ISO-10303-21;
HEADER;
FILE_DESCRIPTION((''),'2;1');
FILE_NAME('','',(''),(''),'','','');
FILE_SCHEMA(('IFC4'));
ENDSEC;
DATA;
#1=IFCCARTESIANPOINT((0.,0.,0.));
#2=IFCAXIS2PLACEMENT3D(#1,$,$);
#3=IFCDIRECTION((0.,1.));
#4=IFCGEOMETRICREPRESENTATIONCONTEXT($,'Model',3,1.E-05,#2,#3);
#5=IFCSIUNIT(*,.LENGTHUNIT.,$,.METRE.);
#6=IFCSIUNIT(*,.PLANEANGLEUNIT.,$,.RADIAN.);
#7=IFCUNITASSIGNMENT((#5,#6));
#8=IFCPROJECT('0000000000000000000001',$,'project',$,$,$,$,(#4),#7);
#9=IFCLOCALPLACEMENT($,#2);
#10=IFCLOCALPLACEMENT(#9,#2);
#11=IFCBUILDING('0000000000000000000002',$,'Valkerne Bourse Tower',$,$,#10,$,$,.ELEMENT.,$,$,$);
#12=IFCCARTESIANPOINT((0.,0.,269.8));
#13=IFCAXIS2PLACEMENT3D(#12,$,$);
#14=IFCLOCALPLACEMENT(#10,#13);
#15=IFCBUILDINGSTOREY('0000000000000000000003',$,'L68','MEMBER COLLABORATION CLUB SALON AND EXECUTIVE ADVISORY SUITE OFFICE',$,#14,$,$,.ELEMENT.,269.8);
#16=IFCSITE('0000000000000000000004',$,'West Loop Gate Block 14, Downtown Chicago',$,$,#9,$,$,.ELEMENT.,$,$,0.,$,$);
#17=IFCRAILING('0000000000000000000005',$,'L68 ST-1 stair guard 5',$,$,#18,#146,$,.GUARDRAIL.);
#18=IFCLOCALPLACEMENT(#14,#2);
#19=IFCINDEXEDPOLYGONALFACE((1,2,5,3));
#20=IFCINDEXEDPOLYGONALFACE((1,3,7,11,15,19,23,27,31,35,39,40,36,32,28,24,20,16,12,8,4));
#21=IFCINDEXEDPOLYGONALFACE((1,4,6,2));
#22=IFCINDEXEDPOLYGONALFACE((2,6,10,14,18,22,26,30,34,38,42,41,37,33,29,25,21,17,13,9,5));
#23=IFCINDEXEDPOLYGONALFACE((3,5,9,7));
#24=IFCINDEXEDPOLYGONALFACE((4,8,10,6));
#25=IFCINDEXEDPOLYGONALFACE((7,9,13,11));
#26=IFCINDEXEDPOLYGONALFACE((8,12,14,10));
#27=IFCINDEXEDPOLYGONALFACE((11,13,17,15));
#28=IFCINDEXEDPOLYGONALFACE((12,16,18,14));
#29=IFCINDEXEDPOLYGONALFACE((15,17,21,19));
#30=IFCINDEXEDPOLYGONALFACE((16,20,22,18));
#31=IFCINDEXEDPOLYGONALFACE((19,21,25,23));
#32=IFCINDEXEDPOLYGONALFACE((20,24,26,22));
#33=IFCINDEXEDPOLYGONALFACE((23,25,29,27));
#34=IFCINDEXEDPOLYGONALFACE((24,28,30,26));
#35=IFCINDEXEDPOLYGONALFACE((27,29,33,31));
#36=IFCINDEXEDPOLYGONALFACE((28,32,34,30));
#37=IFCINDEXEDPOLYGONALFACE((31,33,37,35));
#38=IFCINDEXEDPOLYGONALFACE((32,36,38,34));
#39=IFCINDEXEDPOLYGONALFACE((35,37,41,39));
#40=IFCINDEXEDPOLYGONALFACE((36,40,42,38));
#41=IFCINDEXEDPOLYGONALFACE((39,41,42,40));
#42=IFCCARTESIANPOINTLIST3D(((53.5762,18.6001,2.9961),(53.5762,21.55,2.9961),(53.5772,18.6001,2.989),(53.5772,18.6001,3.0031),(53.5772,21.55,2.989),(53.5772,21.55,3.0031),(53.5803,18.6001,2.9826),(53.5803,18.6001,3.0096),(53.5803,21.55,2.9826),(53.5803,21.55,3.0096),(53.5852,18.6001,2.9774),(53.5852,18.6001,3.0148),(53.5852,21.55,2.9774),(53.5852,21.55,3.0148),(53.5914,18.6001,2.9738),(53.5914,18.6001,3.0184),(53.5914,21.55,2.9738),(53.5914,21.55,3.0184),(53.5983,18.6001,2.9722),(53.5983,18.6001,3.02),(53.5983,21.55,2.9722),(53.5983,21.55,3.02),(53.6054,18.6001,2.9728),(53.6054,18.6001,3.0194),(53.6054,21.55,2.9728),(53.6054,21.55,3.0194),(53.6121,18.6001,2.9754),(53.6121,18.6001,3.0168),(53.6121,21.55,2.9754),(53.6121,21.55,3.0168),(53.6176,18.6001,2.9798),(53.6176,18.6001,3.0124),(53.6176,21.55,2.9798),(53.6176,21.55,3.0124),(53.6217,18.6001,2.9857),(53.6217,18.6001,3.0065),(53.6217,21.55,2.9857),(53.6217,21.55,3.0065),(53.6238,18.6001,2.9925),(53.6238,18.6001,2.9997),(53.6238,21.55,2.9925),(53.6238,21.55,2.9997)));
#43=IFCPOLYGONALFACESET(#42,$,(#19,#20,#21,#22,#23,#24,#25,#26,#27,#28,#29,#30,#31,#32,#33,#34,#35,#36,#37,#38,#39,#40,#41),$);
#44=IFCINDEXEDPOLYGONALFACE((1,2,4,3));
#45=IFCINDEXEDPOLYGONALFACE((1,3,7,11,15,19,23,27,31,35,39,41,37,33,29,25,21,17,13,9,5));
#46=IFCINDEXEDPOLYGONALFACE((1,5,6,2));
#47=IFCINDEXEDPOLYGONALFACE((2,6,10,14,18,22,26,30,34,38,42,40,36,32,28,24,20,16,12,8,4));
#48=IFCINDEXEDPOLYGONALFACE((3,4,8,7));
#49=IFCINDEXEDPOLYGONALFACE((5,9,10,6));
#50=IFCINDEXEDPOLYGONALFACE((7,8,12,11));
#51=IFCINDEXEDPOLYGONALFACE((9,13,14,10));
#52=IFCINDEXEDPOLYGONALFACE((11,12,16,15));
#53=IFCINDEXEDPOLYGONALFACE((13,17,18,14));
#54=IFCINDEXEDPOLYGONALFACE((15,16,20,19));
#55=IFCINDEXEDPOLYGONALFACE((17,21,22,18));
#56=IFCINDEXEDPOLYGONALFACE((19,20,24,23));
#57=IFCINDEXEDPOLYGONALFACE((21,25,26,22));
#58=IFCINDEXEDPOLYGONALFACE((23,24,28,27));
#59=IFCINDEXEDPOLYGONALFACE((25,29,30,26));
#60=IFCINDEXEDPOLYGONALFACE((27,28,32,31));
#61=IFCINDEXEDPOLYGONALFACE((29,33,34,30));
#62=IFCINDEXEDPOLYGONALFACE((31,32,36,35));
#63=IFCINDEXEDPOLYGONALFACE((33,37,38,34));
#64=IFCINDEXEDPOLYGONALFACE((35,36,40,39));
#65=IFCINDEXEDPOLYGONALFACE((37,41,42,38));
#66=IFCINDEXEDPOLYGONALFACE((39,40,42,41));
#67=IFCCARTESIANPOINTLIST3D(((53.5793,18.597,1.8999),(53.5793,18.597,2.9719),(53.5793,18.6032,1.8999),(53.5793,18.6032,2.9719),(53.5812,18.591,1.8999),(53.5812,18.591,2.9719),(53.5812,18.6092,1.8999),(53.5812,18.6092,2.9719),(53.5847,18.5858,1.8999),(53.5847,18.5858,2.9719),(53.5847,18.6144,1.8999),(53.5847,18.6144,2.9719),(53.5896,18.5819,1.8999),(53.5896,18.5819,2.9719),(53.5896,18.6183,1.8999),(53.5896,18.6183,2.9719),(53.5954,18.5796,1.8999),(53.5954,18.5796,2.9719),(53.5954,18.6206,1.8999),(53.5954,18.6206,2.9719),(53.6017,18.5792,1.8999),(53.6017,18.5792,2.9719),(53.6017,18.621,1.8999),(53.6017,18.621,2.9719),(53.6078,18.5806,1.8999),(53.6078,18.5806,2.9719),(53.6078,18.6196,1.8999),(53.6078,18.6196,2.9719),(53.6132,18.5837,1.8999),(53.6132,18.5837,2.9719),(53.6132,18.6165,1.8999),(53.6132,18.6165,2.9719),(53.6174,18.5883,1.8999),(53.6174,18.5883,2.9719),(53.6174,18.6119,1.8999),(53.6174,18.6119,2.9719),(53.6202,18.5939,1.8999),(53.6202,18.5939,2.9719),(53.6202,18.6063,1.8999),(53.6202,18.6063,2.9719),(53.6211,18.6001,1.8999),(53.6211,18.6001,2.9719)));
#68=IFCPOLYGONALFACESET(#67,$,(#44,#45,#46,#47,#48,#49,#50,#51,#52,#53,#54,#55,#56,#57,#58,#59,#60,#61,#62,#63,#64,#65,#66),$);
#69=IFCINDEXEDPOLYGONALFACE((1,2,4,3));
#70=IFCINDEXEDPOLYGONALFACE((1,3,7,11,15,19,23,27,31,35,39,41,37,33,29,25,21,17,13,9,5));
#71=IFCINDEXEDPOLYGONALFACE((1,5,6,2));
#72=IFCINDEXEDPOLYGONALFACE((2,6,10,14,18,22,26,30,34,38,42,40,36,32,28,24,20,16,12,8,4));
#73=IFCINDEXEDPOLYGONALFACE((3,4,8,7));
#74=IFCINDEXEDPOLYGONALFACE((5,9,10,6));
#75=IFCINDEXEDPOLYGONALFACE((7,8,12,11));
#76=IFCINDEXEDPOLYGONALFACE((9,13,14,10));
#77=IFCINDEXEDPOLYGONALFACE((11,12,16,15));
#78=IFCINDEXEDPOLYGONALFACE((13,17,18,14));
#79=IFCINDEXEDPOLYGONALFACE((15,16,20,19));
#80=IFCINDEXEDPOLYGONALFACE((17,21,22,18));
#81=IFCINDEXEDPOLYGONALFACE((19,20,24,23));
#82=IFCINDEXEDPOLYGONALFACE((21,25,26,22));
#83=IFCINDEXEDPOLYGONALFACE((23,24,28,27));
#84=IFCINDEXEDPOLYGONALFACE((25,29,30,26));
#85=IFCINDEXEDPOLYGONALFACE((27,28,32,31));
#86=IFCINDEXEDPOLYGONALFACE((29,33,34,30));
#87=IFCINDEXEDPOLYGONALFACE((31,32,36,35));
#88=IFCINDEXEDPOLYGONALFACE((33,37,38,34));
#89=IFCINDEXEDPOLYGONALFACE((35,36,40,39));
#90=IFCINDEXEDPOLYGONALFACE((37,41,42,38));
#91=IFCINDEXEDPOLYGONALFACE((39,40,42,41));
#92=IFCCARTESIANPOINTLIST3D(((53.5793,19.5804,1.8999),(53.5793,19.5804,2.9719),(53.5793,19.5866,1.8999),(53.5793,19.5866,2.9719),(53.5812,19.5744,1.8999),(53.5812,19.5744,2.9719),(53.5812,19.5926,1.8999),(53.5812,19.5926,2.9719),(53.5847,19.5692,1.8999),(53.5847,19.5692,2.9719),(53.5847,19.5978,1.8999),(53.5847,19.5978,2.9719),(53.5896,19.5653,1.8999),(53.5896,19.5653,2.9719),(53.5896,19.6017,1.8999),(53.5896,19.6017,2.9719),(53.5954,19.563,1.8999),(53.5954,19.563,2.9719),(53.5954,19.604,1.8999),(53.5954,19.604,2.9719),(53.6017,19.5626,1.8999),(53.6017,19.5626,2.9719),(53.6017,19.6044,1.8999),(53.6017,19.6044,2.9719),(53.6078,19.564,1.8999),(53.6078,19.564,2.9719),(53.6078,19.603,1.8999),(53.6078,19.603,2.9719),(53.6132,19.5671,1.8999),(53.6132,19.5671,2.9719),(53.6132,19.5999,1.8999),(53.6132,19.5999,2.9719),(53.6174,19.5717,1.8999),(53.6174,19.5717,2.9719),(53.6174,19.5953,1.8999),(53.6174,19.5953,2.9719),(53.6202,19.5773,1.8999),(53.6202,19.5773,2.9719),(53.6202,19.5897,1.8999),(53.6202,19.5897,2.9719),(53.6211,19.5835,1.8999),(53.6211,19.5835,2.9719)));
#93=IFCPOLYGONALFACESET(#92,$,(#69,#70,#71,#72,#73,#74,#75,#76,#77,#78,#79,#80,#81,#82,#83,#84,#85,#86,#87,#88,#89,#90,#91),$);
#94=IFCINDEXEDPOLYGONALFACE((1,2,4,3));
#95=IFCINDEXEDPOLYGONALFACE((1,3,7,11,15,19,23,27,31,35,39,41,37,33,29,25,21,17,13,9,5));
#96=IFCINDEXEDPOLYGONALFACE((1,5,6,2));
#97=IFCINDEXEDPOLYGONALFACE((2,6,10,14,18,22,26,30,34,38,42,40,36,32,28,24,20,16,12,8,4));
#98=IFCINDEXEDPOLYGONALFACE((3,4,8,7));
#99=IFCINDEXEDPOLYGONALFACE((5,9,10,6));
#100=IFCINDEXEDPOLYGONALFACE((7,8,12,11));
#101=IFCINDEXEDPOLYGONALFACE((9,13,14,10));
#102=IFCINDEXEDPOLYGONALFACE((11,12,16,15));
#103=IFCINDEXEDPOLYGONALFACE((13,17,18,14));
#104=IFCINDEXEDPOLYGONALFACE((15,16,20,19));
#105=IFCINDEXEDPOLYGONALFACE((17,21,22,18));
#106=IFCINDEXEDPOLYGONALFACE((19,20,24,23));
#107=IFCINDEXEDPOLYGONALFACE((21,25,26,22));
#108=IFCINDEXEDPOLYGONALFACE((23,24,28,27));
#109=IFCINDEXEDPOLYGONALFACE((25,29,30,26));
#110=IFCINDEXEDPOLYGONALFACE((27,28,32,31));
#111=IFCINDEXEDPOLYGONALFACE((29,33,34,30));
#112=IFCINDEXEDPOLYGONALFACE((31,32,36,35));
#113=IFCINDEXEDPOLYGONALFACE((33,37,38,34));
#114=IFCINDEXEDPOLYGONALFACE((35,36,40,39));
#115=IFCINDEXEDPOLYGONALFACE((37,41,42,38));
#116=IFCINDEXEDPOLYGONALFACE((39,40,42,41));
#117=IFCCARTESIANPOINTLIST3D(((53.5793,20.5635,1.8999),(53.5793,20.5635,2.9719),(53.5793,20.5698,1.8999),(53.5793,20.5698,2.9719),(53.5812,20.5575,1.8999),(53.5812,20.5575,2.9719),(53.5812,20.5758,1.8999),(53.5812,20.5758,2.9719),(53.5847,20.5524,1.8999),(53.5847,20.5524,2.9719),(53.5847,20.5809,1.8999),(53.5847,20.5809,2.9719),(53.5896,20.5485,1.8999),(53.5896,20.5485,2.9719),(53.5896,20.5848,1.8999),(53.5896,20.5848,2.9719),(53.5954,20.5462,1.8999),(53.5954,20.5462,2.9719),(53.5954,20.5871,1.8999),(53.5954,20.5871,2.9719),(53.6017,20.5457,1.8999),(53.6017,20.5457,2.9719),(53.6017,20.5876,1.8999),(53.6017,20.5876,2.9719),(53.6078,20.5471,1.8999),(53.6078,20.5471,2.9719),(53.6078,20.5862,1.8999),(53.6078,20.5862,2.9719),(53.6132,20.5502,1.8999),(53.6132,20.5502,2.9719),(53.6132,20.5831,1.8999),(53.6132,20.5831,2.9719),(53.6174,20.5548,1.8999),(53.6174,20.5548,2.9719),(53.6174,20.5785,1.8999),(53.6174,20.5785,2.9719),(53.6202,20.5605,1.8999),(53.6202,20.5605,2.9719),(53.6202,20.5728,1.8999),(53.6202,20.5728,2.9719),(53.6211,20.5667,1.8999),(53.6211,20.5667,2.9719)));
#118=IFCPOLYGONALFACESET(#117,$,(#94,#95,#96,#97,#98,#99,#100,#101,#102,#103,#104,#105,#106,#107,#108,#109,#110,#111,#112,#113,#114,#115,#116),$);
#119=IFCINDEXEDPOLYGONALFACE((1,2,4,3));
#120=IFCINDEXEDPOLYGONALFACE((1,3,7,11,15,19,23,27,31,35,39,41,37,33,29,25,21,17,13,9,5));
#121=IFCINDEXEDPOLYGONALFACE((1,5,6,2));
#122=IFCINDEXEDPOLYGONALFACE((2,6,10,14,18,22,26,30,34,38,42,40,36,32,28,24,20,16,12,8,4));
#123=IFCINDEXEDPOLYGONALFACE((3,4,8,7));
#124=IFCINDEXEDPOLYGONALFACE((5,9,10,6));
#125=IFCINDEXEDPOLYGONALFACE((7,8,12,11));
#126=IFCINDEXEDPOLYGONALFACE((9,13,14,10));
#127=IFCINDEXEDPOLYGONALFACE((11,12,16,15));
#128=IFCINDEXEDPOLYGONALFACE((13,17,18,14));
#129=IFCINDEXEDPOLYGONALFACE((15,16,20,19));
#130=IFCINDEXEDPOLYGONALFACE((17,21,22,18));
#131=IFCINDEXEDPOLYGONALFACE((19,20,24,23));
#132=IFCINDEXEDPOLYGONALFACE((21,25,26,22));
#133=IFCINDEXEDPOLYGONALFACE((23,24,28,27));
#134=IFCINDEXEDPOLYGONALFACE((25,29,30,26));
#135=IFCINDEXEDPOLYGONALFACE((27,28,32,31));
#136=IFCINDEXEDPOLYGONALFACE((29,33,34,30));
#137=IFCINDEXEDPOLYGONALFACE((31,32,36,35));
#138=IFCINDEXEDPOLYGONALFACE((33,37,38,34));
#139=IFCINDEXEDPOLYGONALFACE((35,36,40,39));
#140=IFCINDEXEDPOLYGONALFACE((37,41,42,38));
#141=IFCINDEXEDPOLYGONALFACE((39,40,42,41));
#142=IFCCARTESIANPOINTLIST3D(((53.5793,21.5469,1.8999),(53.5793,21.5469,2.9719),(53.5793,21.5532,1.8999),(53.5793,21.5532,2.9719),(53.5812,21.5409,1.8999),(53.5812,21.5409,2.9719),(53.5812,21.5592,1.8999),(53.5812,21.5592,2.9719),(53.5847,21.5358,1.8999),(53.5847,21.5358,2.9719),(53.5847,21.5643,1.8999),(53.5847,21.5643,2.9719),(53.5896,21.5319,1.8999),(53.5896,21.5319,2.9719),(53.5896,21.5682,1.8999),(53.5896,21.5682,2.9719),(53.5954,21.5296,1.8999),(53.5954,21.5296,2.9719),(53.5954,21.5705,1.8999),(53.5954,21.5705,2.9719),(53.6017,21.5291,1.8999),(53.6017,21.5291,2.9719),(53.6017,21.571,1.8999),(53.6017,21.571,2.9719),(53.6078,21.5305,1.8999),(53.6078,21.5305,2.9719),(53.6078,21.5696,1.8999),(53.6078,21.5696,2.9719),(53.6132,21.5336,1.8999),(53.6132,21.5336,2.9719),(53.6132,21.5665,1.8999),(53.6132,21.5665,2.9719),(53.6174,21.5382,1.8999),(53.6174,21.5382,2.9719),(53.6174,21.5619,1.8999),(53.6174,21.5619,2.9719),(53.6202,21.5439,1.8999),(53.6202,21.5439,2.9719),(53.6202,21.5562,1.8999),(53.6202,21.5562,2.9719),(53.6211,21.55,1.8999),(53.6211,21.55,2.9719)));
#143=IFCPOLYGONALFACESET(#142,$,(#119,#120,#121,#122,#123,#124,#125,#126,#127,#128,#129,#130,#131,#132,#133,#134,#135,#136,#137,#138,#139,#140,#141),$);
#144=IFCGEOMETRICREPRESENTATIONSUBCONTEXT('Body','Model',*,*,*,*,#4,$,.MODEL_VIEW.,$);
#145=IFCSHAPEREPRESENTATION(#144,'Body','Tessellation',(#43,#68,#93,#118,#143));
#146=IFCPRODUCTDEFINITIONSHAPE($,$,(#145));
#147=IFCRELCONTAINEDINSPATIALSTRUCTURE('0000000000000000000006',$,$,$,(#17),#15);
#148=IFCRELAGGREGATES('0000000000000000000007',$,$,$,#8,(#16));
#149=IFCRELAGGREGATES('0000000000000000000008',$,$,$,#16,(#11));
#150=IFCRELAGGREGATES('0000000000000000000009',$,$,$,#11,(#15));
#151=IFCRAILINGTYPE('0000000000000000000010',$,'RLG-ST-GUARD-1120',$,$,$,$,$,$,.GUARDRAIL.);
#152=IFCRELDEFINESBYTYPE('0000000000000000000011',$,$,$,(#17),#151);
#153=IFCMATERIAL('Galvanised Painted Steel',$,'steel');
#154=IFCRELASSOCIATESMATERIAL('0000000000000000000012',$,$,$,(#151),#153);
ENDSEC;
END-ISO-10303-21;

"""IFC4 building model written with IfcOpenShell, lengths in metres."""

from ifc_helpers import new_model, si_unit, direction, frame, origin, origin_2d, place, context, subcontext, project, spatial, circle, extrude, material, type_object, element, save


model = new_model("IFC4")

# Units and contexts
model_context = context("Model", 3, precision=1e-05, world=origin(), true_north=direction((0.0, 1.0)))
body_context = subcontext(model_context, "Body", "Model", "MODEL_VIEW")
ifc_project = project(units=[si_unit("LENGTHUNIT", "METRE"), si_unit("PLANEANGLEUNIT", "RADIAN")], contexts=[model_context])

# Site, building, storey
site_placement = place(None, origin())
site = spatial("IfcSite", under=ifc_project, at=site_placement, Name="West Loop Gate Block 14, Downtown Chicago", CompositionType="ELEMENT", RefElevation=0.0)
building_placement = place(site_placement, origin())
building = spatial("IfcBuilding", under=site, at=building_placement, Name="Valkerne Bourse Tower", CompositionType="ELEMENT")
storey_placement = place(building_placement, frame((0.0, 0.0, 269.8)))
storey = spatial("IfcBuildingStorey", under=building, at=storey_placement, Name="L68", Description="MEMBER COLLABORATION CLUB SALON AND EXECUTIVE ADVISORY SUITE OFFICE", CompositionType="ELEMENT", Elevation=269.8)

# Railing
ifc_material_1 = material(Name="Galvanised Painted Steel", Category="steel")
railing_type = type_object("IfcRailingType", Name="RLG-ST-GUARD-1120", PredefinedType="GUARDRAIL", material=ifc_material_1)
railing_1_placement = place(storey_placement, frame((53.6001, 18.6001, 1.8999)))
element("IfcRailing", 1, at=railing_1_placement, inside=storey, type_object=railing_type, Name="L68 ST-1 stair guard 5", PredefinedType="GUARDRAIL", context=body_context, shape_type="SweptSolid", body=[
    extrude(circle(Radius=0.0239, at=origin_2d()), frame((0.0, 0.0, 1.0962), z_axis=(0.0, 1.0, 0.0), x_axis=(-1.0, 0.0, 0.0)), (0.0, 0.0, 1.0), 2.95),
    extrude(circle(Radius=0.021, at=origin_2d()), origin(), (0.0, 0.0, 1.0), 1.072),
    extrude(circle(Radius=0.021, at=origin_2d()), frame((0.0, 0.9834, 0.0)), (0.0, 0.0, 1.0), 1.072),
    extrude(circle(Radius=0.021, at=origin_2d()), frame((0.0, 1.9666, 0.0)), (0.0, 0.0, 1.0), 1.072),
    extrude(circle(Radius=0.021, at=origin_2d()), frame((0.0, 2.95, 0.0)), (0.0, 0.0, 1.0), 1.072),
])

save(model, "model.ifc")
